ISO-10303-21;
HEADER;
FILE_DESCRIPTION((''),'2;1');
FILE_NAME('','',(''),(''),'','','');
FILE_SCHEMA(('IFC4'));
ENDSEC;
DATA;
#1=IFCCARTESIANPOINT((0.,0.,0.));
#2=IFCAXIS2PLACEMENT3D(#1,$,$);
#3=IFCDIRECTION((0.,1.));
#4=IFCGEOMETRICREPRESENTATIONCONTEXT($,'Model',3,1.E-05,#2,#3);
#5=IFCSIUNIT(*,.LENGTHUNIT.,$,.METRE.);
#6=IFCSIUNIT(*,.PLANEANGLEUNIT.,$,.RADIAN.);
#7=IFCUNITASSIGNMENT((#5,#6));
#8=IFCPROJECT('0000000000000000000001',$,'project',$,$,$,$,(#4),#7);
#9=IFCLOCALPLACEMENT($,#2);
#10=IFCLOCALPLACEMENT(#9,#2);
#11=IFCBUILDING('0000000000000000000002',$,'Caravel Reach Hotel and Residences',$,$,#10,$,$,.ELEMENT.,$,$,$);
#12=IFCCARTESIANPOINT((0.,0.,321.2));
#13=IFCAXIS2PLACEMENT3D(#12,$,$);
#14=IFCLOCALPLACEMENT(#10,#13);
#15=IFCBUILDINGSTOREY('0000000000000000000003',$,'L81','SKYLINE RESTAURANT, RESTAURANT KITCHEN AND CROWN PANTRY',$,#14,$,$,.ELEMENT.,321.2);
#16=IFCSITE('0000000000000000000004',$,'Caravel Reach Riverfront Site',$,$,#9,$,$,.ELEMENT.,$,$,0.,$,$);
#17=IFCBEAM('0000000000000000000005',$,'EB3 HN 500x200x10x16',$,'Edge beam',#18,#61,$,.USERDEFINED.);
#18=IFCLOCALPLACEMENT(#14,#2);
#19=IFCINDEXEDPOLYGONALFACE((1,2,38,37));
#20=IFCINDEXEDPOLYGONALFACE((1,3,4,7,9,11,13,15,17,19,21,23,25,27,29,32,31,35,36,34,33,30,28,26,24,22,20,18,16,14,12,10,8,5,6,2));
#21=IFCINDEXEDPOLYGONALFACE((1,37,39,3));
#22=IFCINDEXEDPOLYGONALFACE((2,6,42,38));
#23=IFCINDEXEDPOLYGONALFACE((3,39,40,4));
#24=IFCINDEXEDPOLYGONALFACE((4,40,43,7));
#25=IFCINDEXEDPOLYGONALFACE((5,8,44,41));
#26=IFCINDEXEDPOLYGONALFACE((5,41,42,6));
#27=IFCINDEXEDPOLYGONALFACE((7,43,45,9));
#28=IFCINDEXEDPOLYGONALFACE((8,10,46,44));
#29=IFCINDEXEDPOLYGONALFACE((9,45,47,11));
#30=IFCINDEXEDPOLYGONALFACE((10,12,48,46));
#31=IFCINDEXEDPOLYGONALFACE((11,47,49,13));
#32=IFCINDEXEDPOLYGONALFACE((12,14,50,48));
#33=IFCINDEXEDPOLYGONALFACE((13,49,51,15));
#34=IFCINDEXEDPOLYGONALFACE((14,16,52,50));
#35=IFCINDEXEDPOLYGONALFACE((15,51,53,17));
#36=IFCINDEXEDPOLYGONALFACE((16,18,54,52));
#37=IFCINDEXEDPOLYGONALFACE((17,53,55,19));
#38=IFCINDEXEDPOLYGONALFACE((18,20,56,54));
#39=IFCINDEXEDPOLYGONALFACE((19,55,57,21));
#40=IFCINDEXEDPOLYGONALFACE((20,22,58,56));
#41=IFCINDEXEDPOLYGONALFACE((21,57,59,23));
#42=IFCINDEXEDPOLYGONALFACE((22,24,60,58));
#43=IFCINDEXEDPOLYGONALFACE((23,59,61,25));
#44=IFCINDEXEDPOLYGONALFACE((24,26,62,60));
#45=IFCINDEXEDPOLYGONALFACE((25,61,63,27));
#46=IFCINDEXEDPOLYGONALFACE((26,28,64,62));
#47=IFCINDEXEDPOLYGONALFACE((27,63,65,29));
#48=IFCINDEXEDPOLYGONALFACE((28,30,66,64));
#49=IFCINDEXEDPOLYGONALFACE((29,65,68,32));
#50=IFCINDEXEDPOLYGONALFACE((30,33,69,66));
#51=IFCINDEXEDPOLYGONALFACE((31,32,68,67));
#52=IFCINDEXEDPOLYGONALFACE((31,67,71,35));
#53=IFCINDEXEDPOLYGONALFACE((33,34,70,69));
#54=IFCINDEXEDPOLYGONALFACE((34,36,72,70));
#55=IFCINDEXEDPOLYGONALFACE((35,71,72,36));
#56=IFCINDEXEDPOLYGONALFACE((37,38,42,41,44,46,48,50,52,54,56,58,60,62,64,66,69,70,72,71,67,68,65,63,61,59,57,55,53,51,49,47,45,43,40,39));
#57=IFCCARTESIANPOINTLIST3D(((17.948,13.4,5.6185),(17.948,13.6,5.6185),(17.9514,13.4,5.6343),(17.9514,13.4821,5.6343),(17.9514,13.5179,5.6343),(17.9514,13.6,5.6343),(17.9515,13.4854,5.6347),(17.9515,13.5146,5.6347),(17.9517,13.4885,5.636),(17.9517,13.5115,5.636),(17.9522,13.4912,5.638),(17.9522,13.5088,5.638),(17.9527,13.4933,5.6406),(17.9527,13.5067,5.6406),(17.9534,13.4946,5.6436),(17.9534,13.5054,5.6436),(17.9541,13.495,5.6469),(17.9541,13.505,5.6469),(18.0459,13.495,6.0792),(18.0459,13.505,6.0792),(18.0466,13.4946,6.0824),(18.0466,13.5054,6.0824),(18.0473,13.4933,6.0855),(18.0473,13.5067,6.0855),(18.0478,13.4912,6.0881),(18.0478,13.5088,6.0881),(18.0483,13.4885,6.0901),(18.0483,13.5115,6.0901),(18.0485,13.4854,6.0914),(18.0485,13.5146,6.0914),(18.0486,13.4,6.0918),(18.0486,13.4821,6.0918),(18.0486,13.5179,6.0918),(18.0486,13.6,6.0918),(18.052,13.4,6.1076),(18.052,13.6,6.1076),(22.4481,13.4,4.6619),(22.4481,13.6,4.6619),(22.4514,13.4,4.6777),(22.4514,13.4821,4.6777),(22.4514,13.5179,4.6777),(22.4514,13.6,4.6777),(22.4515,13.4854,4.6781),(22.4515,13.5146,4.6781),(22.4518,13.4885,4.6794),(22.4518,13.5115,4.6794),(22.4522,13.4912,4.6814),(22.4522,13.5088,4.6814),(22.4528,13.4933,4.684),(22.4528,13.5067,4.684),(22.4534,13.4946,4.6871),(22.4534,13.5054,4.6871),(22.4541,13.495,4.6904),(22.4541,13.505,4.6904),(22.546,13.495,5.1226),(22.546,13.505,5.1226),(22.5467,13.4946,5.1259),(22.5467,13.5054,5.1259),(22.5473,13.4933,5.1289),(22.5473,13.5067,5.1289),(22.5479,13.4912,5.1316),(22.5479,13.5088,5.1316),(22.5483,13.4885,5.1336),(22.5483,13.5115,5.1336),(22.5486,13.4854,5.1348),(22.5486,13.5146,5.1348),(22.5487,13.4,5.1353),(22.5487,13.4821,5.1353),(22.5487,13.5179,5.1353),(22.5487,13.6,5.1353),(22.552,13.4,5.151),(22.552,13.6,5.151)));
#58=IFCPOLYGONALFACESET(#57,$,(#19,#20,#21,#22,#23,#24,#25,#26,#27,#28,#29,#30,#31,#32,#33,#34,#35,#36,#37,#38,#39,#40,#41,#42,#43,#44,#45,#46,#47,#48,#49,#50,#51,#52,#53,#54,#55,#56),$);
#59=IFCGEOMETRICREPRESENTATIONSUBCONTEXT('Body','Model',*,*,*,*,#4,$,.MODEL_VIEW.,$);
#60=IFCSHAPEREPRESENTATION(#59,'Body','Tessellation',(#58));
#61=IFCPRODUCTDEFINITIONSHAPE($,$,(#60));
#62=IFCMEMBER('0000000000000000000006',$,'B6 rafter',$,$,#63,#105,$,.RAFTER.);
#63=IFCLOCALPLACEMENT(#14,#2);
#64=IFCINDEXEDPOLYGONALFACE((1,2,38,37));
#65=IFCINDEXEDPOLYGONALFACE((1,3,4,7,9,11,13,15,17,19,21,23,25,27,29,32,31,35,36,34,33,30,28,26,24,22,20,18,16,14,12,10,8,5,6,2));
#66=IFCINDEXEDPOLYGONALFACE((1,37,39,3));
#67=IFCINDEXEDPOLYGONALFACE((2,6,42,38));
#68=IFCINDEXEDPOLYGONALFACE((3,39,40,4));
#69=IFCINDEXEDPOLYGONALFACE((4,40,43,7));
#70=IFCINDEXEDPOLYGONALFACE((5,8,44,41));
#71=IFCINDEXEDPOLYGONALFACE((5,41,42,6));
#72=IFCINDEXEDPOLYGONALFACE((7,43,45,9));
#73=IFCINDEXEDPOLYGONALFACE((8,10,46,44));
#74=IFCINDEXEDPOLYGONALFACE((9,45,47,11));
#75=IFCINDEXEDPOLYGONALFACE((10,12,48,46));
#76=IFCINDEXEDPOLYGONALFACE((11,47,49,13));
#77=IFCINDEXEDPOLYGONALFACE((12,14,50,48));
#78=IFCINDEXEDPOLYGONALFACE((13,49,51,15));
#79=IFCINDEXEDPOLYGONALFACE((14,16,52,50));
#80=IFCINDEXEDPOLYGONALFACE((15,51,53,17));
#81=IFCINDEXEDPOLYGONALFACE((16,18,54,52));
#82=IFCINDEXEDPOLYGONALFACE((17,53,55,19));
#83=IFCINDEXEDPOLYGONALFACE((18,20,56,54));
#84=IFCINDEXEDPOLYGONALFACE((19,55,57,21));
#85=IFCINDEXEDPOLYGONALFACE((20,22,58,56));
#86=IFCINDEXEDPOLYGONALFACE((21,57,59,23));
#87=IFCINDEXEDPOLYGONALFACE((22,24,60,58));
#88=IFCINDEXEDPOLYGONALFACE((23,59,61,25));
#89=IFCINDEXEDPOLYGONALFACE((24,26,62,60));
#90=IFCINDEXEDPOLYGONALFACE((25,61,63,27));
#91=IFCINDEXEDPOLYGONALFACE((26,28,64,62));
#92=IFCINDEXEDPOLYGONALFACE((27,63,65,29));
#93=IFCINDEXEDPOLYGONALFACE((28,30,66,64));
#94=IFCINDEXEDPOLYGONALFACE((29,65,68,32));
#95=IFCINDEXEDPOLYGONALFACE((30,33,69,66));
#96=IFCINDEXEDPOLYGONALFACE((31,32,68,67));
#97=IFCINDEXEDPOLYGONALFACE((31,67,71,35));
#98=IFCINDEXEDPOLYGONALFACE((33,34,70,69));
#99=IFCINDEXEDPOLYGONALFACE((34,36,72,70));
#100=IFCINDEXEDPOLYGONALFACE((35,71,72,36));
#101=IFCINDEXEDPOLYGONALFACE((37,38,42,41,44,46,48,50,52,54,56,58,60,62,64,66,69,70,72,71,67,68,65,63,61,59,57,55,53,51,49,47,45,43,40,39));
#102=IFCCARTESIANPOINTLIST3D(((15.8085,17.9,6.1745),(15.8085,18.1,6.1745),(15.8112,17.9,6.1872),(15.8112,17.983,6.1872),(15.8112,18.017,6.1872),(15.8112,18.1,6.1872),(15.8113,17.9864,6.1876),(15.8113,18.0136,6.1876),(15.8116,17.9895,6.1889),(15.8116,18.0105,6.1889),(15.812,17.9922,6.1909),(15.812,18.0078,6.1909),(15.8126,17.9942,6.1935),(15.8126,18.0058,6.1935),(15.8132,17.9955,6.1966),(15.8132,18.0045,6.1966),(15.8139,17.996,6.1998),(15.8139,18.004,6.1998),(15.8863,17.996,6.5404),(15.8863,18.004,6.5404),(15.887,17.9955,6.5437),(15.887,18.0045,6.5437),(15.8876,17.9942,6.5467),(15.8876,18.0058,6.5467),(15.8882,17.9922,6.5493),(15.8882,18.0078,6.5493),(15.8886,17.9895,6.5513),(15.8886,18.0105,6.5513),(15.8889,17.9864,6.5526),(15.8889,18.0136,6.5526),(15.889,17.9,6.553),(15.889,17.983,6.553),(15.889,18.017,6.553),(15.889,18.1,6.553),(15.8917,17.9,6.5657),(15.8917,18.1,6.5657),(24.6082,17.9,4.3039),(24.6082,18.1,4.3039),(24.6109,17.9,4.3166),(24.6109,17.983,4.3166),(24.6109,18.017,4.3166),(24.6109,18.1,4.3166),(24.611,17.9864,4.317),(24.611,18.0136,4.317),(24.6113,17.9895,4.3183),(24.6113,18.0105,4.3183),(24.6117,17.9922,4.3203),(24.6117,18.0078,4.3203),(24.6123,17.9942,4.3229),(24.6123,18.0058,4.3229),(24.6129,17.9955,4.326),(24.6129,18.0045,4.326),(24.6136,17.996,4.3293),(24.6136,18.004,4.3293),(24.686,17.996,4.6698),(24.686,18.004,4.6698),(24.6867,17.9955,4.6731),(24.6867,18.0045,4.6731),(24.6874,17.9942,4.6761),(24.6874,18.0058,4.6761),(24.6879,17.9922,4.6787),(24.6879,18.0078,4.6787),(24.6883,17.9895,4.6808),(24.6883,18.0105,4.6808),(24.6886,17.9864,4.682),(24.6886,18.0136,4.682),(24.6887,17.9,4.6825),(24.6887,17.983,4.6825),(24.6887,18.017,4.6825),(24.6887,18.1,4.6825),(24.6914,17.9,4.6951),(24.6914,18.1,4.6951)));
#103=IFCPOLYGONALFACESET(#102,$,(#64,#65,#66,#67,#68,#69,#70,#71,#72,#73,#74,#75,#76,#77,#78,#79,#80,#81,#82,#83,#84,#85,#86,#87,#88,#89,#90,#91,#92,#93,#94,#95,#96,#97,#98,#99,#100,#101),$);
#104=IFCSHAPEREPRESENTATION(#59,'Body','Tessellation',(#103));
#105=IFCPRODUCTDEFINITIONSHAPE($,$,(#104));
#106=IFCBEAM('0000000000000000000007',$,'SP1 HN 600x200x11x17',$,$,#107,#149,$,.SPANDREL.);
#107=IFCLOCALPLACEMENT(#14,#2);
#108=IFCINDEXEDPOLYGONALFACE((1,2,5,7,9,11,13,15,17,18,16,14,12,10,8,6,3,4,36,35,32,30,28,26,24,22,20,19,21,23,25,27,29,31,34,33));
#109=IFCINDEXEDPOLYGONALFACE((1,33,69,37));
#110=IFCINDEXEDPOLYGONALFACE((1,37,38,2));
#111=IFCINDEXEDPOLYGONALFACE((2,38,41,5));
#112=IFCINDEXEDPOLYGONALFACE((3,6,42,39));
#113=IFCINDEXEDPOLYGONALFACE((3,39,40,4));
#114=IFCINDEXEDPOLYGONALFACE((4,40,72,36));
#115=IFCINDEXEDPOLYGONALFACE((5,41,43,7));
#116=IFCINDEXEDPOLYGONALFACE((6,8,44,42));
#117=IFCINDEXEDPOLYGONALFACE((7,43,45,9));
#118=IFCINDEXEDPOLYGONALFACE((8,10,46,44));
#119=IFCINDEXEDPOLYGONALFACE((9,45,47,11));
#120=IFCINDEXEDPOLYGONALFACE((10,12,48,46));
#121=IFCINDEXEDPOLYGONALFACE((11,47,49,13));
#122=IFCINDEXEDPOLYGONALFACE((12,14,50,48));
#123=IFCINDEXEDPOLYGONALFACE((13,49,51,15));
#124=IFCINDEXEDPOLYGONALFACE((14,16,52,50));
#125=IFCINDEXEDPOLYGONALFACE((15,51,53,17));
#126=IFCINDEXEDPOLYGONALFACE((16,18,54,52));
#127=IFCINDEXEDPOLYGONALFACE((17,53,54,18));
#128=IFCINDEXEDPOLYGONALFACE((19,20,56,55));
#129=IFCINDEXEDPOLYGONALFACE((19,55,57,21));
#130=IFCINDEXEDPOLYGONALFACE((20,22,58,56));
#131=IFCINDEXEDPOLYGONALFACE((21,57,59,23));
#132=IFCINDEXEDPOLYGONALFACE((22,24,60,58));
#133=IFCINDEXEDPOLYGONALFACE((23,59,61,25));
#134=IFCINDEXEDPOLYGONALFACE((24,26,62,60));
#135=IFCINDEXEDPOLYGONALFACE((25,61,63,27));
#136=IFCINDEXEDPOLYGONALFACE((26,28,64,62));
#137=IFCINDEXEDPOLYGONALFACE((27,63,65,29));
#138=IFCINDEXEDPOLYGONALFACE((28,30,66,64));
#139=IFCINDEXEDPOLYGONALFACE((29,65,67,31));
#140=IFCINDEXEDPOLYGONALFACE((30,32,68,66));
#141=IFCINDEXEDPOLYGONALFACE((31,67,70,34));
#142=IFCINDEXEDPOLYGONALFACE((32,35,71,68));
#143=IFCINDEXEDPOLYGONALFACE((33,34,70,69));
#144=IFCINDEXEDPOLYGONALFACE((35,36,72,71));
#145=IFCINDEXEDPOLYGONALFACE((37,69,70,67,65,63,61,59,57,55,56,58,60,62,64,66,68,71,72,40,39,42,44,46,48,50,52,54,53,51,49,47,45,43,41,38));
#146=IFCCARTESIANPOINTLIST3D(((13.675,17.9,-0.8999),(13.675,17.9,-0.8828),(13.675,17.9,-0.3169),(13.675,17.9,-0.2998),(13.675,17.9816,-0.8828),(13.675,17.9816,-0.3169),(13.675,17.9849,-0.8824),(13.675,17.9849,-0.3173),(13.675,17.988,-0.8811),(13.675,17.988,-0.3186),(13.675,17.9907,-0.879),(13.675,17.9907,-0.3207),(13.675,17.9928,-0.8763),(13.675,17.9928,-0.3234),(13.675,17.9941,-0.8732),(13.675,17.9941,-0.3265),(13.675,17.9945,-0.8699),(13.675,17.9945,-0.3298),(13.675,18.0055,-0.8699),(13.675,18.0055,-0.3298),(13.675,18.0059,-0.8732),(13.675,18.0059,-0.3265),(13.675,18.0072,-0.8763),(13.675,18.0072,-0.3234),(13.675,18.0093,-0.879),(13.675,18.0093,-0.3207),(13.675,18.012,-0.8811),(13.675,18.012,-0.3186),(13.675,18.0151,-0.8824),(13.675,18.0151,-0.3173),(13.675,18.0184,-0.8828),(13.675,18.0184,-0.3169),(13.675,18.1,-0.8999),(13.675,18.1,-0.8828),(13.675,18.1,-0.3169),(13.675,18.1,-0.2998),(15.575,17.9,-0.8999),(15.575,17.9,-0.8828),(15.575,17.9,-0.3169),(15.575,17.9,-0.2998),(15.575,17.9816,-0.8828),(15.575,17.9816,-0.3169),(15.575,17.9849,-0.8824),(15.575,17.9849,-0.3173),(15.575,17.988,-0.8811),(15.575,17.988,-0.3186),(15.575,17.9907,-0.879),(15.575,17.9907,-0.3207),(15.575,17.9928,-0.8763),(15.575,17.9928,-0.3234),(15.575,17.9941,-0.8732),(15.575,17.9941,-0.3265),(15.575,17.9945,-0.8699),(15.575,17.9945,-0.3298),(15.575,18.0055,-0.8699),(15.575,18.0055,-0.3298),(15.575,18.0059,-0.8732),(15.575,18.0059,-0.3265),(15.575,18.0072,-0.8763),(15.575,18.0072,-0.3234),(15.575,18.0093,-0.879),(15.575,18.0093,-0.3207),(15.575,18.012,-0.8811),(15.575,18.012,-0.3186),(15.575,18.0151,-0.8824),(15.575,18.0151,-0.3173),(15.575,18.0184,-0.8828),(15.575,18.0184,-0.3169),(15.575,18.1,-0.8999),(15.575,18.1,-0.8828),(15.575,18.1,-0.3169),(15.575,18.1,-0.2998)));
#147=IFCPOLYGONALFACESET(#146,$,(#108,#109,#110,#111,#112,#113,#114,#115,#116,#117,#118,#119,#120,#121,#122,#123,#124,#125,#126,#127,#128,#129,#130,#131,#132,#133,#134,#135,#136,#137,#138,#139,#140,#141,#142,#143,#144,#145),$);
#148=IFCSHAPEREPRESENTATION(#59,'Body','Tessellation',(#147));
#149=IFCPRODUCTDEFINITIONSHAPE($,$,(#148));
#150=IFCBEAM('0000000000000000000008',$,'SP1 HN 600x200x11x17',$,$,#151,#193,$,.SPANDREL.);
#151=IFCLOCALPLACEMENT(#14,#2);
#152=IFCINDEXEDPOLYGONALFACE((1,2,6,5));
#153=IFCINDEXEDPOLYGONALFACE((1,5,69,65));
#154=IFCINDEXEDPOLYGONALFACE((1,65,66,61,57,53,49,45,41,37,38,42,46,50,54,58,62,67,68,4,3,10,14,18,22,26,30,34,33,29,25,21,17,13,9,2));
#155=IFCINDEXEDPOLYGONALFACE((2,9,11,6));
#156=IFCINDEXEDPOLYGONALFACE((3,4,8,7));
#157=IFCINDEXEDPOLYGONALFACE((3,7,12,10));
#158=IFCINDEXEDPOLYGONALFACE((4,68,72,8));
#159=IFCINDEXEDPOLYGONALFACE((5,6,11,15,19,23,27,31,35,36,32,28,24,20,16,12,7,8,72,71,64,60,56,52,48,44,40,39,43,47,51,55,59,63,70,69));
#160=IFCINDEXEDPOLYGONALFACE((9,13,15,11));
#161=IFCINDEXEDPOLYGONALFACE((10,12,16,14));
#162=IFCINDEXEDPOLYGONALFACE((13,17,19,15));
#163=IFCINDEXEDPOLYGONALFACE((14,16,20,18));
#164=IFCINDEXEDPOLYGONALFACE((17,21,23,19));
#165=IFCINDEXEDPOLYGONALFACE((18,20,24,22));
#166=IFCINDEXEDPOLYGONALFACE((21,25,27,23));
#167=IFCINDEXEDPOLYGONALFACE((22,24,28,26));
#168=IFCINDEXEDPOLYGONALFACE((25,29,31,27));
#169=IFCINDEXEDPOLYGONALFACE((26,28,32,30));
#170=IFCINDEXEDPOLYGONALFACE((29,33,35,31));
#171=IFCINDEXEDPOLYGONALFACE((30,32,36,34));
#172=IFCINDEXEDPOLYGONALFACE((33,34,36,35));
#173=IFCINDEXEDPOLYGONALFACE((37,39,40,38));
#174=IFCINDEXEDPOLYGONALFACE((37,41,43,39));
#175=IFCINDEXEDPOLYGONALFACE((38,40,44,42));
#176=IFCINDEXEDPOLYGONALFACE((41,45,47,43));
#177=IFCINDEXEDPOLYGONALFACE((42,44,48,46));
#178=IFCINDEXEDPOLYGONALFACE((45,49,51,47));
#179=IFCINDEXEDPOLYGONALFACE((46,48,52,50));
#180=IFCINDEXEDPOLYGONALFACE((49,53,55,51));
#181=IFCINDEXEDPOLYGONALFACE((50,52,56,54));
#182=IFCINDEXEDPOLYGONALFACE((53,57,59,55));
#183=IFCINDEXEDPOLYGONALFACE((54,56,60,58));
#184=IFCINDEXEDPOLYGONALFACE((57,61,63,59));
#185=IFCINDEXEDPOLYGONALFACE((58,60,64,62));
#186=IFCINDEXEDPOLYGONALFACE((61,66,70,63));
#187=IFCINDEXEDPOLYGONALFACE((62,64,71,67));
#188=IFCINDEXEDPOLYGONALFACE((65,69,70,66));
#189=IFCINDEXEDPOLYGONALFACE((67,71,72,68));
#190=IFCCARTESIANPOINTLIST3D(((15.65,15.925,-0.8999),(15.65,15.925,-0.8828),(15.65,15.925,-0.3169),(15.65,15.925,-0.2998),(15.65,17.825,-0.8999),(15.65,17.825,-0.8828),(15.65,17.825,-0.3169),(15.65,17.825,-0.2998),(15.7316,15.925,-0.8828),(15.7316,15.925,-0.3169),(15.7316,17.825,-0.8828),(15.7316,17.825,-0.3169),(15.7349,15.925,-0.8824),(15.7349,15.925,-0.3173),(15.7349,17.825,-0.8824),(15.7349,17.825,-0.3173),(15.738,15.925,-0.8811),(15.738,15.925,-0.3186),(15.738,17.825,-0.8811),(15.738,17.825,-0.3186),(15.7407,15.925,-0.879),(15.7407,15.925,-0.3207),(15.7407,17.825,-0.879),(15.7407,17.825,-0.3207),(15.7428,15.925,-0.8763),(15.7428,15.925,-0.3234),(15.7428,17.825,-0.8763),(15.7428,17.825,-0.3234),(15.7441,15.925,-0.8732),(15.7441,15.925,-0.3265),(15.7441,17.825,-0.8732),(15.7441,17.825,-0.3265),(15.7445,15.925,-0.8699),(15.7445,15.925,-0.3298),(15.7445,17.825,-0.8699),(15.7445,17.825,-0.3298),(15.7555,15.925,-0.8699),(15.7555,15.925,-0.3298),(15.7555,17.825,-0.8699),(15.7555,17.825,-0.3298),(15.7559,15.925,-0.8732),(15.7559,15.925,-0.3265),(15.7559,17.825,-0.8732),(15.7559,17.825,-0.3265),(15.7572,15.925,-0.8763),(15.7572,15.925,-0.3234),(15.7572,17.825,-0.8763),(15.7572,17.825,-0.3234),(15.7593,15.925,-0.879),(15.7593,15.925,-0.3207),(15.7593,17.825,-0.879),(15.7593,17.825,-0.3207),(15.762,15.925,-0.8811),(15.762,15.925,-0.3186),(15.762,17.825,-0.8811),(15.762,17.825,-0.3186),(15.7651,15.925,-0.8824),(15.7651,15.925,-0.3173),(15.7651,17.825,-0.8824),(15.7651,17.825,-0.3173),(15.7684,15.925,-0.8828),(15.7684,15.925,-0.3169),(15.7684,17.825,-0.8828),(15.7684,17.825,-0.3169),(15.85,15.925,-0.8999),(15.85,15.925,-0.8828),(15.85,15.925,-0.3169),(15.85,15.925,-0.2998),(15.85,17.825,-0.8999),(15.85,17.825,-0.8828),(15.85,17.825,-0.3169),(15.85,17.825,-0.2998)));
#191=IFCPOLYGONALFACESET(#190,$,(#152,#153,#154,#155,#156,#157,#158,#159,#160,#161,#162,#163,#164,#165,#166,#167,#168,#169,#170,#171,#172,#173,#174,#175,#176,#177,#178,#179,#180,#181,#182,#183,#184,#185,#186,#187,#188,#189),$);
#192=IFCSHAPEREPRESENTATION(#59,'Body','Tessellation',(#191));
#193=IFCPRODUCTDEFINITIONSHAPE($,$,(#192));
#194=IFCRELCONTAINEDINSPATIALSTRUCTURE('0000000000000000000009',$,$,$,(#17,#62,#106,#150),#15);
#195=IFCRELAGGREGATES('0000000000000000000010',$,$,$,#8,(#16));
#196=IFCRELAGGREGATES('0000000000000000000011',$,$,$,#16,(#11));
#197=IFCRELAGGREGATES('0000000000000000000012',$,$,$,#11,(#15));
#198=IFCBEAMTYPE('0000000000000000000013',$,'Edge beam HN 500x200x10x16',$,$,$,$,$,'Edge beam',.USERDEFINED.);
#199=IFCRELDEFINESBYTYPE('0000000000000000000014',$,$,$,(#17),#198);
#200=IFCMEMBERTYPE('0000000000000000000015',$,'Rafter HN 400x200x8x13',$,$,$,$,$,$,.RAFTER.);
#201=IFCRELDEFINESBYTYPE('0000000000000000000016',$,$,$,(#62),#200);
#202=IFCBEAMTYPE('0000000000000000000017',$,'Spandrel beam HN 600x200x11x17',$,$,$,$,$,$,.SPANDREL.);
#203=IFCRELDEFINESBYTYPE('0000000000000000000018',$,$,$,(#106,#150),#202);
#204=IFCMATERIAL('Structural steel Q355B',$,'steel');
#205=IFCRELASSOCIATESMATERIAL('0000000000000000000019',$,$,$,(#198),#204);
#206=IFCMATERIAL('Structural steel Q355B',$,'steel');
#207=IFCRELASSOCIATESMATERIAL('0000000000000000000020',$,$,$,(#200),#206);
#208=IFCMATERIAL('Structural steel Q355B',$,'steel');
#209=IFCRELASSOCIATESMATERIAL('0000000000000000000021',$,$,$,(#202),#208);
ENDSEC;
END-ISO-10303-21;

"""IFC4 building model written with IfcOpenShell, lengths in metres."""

from ifc_helpers import new_model, si_unit, direction, frame, origin, origin_2d, place, context, subcontext, project, spatial, i_section, extrude, material, material_profile, profile_set, type_object, element, save


model = new_model("IFC4")

# Units and contexts
model_context = context("Model", 3, precision=1e-05, world=origin(), true_north=direction((0.0, 1.0)))
body_context = subcontext(model_context, "Body", "Model", "MODEL_VIEW")
ifc_project = project(units=[si_unit("LENGTHUNIT", "METRE"), si_unit("PLANEANGLEUNIT", "RADIAN")], contexts=[model_context])

# Site, building, storey
site_placement = place(None, origin())
site = spatial("IfcSite", under=ifc_project, at=site_placement, Name="Caravel Reach Riverfront Site", CompositionType="ELEMENT", RefElevation=0.0)
building_placement = place(site_placement, origin())
building = spatial("IfcBuilding", under=site, at=building_placement, Name="Caravel Reach Hotel and Residences", CompositionType="ELEMENT")
storey_placement = place(building_placement, frame((0.0, 0.0, 321.2)))
storey = spatial("IfcBuildingStorey", under=building, at=storey_placement, Name="L81", Description="SKYLINE RESTAURANT, RESTAURANT KITCHEN AND CROWN PANTRY", CompositionType="ELEMENT", Elevation=321.2)

# Beam
ifc_material_1 = material(Name="Structural steel Q355B", Category="steel")
ifc_material_profile_1 = material_profile(ifc_material_1, i_section(OverallWidth=0.2, OverallDepth=0.5, WebThickness=0.01, FlangeThickness=0.0161, FilletRadius=0.0129, at=origin_2d()), Name="HN 500x200x10x16")
ifc_profile_set_1 = profile_set([ifc_material_profile_1], Name="Structural steel Q355B")
beam_type_1 = type_object("IfcBeamType", Name="Edge beam HN 500x200x10x16", ElementType="Edge beam", PredefinedType="USERDEFINED", material=ifc_profile_set_1)
beam_1_placement = place(storey_placement, frame((18.0, 13.5, 5.863), z_axis=(0.978146, 0.0, -0.20792), x_axis=(0.0, 1.0, 0.0)))
element("IfcBeam", 1, at=beam_1_placement, inside=storey, type_object=beam_type_1, Name="EB3 HN 500x200x10x16", ObjectType="Edge beam", PredefinedType="USERDEFINED", context=body_context, shape_type="SweptSolid", body=[
    extrude(i_section(OverallWidth=0.2, OverallDepth=0.5, WebThickness=0.01, FlangeThickness=0.0161, FilletRadius=0.0129, at=origin_2d()), origin(), (0.0, 0.0, 1.0), 4.6006),
])

# Member
ifc_material_2 = material(Name="Structural steel Q355B", Category="steel")
ifc_material_profile_2 = material_profile(ifc_material_2, i_section(OverallWidth=0.2, OverallDepth=0.3999, WebThickness=0.0081, FlangeThickness=0.0129, FilletRadius=0.0129, at=origin_2d()), Name="HN 400x200x8x13")
ifc_profile_set_2 = profile_set([ifc_material_profile_2], Name="Structural steel Q355B")
member_type = type_object("IfcMemberType", Name="Rafter HN 400x200x8x13", PredefinedType="RAFTER", material=ifc_profile_set_2)
member_placement = place(storey_placement, frame((15.8501, 18.0, 6.3701), z_axis=(0.978144, 0.0, -0.207928), x_axis=(0.0, 1.0, 0.0)))
element("IfcMember", 2, at=member_placement, inside=storey, type_object=member_type, Name="B6 rafter", PredefinedType="RAFTER", context=body_context, shape_type="SweptSolid", body=[
    extrude(i_section(OverallWidth=0.2, OverallDepth=0.3999, WebThickness=0.0081, FlangeThickness=0.0129, FilletRadius=0.0129, at=origin_2d()), origin(), (0.0, 0.0, 1.0), 8.9963),
])

# Beams
ifc_material_3 = material(Name="Structural steel Q355B", Category="steel")
ifc_material_profile_3 = material_profile(ifc_material_3, i_section(OverallWidth=0.2, OverallDepth=0.6001, WebThickness=0.011, FlangeThickness=0.0171, FilletRadius=0.0129, at=origin_2d()), Name="HN 600x200x11x17")
ifc_profile_set_3 = profile_set([ifc_material_profile_3], Name="Structural steel Q355B")
beam_type_2 = type_object("IfcBeamType", Name="Spandrel beam HN 600x200x11x17", PredefinedType="SPANDREL", material=ifc_profile_set_3)
for number, where, z_axis, x_axis, name in (
    (3, (13.675, 18.0, -0.5999), (1.0, 0.0, 0.0), (0.0, 1.0, 0.0), "SP1 HN 600x200x11x17"),
    (4, (15.75, 17.825, -0.5999), (0.0, -1.0, 0.0), (1.0, 0.0, 0.0), "SP1 HN 600x200x11x17"),
):
    element("IfcBeam", number, at=place(storey_placement, frame(where, z_axis=z_axis, x_axis=x_axis)), inside=storey, type_object=beam_type_2, Name=name, PredefinedType="SPANDREL", context=body_context, shape_type="SweptSolid", body=[
        extrude(i_section(OverallWidth=0.2, OverallDepth=0.6001, WebThickness=0.011, FlangeThickness=0.0171, FilletRadius=0.0129, at=origin_2d()), origin(), (0.0, 0.0, 1.0), 1.8999),
    ])

save(model, "model.ifc")
